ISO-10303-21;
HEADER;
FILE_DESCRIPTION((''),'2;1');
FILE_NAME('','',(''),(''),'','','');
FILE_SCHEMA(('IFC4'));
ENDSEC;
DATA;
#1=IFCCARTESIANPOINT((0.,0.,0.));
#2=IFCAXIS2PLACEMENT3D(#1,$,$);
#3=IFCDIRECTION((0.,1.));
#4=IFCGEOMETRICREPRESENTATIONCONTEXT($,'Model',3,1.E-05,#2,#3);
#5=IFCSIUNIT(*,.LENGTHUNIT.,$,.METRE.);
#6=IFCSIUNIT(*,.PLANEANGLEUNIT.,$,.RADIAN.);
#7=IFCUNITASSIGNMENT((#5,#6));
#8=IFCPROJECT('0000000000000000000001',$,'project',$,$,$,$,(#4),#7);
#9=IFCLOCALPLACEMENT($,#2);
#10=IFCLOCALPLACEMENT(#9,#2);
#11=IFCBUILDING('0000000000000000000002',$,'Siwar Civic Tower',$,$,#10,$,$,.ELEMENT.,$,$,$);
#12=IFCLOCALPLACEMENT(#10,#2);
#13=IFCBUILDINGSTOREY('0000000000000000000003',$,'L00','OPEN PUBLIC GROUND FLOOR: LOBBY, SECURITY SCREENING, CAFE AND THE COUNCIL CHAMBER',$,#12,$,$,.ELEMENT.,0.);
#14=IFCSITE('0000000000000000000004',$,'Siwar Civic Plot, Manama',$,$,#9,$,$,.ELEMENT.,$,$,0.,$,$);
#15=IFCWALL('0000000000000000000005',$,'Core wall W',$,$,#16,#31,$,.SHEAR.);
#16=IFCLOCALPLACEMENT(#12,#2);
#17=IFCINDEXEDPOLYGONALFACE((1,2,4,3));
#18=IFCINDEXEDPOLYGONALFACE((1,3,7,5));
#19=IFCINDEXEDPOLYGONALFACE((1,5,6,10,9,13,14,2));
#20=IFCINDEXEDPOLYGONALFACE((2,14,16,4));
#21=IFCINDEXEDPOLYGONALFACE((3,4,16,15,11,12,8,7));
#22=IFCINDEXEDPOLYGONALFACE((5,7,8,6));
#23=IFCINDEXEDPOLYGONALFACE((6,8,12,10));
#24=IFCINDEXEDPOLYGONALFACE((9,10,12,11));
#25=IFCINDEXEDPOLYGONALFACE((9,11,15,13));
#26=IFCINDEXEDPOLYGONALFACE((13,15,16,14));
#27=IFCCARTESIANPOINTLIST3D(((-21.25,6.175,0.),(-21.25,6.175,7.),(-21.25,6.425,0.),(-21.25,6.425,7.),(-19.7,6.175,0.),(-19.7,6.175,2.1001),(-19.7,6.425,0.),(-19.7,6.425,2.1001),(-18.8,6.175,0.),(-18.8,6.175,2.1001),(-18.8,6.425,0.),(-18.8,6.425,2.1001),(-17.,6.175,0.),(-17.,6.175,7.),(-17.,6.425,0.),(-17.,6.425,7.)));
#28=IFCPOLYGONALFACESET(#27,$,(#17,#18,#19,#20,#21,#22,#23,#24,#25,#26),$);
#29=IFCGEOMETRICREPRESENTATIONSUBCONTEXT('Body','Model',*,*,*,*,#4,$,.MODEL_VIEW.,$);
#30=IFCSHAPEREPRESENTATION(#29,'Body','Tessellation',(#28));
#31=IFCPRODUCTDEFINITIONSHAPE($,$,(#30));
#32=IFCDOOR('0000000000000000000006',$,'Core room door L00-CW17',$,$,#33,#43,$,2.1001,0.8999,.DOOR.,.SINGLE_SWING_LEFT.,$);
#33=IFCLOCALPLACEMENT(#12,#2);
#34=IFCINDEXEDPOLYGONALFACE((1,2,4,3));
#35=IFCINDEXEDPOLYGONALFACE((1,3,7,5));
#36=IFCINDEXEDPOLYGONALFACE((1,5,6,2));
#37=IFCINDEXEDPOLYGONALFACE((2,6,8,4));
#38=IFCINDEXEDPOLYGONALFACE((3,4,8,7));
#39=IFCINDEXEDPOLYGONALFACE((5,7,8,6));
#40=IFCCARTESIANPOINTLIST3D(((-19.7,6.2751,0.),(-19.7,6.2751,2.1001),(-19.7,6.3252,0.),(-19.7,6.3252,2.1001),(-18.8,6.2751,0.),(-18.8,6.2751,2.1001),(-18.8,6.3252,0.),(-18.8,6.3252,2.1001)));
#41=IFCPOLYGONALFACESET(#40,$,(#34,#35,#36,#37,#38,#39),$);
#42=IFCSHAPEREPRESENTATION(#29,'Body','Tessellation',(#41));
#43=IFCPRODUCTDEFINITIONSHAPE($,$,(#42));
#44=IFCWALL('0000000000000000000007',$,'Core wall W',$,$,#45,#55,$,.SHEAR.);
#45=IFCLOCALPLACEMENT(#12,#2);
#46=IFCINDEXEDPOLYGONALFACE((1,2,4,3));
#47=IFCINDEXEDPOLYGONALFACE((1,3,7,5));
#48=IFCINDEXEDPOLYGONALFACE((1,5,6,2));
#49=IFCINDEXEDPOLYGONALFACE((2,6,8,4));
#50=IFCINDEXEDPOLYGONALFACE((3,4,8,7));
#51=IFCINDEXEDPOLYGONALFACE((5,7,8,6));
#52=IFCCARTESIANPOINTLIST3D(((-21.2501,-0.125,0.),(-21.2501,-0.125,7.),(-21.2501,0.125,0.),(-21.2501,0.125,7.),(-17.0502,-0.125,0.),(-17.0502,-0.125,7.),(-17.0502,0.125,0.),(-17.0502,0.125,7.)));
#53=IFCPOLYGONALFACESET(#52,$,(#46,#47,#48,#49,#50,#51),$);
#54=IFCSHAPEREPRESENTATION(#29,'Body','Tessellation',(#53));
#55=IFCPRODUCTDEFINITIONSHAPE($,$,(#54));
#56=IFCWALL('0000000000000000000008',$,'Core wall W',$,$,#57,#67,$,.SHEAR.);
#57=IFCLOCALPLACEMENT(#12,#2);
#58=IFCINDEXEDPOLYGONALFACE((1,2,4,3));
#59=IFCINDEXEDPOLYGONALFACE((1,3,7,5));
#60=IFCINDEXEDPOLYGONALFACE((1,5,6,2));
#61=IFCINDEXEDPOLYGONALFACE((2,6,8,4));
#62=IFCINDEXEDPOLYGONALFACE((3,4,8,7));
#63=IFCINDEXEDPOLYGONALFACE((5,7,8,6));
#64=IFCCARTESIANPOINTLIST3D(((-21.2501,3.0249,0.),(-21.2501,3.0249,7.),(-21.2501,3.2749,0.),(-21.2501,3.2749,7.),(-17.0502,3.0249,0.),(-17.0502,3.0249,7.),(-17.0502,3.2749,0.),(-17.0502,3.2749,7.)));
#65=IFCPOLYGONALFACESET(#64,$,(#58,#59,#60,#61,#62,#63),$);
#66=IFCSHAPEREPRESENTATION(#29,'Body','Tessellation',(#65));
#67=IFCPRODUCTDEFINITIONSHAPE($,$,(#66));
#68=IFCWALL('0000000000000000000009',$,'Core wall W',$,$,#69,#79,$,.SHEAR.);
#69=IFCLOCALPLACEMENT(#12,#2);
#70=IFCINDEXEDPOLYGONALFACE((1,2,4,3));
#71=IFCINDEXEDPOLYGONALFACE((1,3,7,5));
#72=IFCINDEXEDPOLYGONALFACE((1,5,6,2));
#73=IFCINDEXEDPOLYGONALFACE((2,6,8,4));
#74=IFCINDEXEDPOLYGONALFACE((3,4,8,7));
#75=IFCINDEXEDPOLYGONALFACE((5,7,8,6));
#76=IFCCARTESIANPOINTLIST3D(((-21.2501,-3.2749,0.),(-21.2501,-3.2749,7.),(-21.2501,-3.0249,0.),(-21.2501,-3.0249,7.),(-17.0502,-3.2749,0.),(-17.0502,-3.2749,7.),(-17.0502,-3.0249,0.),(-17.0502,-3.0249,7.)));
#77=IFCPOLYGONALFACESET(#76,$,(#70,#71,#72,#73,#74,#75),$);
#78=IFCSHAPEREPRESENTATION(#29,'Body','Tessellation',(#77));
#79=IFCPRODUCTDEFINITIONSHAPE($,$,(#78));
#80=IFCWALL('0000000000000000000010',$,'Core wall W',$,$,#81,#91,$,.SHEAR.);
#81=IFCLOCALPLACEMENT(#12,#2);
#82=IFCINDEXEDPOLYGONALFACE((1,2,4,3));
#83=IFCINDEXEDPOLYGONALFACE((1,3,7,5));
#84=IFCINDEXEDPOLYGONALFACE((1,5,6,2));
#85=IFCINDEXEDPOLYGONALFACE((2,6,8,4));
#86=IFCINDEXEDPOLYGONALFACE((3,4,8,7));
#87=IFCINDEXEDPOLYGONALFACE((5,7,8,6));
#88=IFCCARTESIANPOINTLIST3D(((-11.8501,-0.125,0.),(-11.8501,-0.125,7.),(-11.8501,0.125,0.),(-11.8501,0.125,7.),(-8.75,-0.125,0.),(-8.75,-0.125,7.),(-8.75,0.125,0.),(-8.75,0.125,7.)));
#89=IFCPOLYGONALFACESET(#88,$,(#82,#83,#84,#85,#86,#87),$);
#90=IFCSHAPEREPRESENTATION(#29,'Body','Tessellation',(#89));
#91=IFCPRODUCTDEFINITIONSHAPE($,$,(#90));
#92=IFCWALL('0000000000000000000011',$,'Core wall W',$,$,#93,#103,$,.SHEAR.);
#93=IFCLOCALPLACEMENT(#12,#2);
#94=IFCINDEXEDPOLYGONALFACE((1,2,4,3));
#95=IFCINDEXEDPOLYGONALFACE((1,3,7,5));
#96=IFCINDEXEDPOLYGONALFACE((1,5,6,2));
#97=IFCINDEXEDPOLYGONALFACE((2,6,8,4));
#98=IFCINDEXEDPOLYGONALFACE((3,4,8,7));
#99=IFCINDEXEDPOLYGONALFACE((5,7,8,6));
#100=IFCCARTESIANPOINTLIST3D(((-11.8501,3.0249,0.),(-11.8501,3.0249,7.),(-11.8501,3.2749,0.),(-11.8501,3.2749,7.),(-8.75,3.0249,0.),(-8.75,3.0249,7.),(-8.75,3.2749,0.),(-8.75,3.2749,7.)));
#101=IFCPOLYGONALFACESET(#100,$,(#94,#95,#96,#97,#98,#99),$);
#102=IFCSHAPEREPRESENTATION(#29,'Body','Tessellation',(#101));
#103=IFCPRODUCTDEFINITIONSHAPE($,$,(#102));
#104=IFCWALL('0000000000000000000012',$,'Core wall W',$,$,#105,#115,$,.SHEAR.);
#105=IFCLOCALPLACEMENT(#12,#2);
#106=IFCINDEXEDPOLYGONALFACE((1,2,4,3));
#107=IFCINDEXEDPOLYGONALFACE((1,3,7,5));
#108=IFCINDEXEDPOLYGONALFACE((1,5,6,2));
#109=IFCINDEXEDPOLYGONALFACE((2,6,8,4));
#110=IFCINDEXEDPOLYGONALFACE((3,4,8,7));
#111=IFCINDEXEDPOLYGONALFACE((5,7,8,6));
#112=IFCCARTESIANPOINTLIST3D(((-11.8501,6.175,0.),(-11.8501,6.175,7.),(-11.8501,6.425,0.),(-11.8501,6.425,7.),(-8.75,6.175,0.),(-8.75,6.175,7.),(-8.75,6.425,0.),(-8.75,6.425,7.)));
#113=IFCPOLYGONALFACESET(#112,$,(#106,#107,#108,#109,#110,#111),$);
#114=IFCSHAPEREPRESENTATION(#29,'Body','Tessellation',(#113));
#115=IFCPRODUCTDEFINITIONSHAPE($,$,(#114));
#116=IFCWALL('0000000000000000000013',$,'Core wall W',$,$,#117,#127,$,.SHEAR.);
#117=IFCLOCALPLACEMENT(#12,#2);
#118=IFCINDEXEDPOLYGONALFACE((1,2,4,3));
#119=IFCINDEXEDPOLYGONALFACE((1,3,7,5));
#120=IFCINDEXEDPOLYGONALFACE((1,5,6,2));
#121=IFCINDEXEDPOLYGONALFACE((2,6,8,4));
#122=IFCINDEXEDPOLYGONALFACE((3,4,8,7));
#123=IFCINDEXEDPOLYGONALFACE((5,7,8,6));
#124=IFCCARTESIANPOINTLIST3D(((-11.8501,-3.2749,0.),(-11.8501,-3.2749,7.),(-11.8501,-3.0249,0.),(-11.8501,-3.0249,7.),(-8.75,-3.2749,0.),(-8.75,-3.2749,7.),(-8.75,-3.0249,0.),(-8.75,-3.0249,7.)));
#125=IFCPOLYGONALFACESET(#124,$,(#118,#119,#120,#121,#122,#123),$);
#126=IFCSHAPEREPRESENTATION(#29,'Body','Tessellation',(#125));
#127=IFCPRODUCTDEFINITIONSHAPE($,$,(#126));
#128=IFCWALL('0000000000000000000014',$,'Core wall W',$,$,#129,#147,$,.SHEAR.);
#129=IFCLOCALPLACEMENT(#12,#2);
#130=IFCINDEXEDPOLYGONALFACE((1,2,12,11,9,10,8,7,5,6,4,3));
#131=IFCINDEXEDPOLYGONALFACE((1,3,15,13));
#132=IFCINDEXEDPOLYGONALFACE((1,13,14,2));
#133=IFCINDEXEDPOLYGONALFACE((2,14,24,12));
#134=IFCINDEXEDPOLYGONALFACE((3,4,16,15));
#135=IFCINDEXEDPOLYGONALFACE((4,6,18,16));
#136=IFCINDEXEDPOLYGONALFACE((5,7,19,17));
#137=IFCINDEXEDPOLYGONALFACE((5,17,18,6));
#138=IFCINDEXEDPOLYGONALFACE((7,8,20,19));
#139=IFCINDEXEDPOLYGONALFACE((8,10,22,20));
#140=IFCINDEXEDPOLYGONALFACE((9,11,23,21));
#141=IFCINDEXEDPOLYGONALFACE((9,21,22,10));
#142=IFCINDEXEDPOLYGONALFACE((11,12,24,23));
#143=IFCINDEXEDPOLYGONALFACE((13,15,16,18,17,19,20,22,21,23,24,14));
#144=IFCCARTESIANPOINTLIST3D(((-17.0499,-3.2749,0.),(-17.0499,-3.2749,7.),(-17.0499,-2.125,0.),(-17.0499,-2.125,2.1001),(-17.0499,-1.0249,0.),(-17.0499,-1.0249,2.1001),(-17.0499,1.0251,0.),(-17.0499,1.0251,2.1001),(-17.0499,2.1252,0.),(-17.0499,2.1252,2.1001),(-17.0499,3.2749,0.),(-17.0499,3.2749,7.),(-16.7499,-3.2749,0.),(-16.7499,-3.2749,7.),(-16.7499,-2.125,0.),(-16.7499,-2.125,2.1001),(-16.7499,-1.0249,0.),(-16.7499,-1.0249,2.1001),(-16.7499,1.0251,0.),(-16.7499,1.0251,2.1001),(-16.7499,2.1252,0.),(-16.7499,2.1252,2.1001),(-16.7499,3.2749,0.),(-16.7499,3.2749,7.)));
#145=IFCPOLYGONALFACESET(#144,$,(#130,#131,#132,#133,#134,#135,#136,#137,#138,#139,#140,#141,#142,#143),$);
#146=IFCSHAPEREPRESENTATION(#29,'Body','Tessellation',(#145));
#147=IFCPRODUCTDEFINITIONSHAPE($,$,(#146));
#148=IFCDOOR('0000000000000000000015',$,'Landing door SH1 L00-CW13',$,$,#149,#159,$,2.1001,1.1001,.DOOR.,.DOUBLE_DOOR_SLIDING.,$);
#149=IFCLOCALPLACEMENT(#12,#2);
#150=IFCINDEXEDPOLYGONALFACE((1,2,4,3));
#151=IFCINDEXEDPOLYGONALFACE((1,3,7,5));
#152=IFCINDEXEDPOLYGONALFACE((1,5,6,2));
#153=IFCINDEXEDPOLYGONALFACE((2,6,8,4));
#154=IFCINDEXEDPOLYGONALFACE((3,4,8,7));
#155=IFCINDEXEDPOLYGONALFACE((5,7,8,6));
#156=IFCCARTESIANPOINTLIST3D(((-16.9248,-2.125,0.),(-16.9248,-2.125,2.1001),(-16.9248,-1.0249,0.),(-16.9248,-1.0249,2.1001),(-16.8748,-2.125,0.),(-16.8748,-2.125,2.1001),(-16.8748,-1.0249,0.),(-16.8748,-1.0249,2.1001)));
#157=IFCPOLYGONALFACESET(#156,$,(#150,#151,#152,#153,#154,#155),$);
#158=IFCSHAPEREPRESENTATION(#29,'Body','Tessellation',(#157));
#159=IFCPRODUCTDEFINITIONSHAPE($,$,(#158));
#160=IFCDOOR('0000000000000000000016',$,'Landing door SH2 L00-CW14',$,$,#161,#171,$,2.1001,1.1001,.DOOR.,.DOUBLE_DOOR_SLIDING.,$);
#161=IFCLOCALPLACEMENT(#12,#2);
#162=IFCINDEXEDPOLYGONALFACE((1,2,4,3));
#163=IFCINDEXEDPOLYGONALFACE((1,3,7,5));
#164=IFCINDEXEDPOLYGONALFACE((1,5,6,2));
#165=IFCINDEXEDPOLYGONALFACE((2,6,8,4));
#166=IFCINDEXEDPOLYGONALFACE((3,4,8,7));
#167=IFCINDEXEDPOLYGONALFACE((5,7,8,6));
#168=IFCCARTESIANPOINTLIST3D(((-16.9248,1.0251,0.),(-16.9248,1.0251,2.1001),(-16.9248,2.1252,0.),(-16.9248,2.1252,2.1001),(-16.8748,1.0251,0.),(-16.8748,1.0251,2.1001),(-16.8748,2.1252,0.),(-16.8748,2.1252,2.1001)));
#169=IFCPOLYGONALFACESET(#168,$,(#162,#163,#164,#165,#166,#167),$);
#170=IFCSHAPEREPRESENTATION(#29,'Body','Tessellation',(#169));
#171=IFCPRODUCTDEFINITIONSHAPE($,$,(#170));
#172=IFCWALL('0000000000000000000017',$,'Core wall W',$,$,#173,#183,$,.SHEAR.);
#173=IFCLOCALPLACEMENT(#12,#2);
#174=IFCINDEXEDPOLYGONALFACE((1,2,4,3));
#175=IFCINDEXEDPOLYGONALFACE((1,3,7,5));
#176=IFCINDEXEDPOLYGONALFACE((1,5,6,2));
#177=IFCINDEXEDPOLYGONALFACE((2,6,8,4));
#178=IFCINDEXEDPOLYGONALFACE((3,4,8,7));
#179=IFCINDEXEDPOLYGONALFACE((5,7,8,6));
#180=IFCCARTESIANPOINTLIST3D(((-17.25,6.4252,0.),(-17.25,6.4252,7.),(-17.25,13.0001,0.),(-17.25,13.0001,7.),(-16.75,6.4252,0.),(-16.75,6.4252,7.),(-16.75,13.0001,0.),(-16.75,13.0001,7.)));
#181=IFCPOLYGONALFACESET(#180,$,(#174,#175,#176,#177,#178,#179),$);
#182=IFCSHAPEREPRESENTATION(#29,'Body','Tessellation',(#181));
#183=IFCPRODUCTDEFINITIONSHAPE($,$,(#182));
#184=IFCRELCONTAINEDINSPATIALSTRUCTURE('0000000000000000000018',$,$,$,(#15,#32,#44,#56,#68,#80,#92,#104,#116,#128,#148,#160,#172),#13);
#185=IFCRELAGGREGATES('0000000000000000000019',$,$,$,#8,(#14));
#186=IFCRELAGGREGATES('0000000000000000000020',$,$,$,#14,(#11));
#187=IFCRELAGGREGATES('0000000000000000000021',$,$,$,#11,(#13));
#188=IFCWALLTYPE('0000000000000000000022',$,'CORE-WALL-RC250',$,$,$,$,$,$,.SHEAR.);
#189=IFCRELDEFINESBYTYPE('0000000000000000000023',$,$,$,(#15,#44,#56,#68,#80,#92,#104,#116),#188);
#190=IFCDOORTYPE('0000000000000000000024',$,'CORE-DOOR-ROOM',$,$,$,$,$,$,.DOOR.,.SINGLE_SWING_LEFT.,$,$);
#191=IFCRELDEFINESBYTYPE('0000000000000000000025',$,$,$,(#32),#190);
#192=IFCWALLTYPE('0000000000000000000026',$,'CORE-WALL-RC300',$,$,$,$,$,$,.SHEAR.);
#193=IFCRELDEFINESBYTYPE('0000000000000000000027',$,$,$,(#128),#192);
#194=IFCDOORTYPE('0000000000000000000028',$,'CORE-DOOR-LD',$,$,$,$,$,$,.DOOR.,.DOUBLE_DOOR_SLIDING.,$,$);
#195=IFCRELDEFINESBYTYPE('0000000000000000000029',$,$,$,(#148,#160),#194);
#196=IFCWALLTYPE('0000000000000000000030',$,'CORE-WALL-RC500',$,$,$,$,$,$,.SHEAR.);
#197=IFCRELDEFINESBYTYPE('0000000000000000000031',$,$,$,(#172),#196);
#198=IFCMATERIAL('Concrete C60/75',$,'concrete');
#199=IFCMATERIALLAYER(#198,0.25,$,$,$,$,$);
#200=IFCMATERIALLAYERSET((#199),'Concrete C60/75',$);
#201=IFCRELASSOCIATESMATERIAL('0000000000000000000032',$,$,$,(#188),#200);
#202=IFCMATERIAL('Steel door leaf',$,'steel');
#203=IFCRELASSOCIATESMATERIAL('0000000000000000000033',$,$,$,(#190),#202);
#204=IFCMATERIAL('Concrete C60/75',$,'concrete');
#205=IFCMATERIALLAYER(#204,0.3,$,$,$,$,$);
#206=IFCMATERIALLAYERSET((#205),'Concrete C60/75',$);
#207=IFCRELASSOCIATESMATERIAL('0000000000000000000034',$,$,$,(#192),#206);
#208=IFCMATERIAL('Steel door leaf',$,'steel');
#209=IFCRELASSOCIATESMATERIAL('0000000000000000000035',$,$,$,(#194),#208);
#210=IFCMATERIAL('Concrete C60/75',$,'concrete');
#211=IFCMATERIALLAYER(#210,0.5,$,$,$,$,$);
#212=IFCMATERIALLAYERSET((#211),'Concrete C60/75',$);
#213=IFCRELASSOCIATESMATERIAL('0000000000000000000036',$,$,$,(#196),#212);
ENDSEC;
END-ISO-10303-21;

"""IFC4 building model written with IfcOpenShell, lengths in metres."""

from ifc_helpers import new_model, si_unit, direction, frame, frame_2d, origin, place, context, subcontext, project, spatial, rectangle, extrude, material, layer, layer_set, type_object, element, fill, save


model = new_model("IFC4")

# Units and contexts
model_context = context("Model", 3, precision=1e-05, world=origin(), true_north=direction((0.0, 1.0)))
body_context = subcontext(model_context, "Body", "Model", "MODEL_VIEW")
ifc_project = project(units=[si_unit("LENGTHUNIT", "METRE"), si_unit("PLANEANGLEUNIT", "RADIAN")], contexts=[model_context])

# Site, building, storey
site_placement = place(None, origin())
site = spatial("IfcSite", under=ifc_project, at=site_placement, Name="Siwar Civic Plot, Manama", CompositionType="ELEMENT", RefElevation=0.0)
building_placement = place(site_placement, origin())
building = spatial("IfcBuilding", under=site, at=building_placement, Name="Siwar Civic Tower", CompositionType="ELEMENT")
storey_placement = place(building_placement, origin())
storey = spatial("IfcBuildingStorey", under=building, at=storey_placement, Name="L00", Description="OPEN PUBLIC GROUND FLOOR: LOBBY, SECURITY SCREENING, CAFE AND THE COUNCIL CHAMBER", CompositionType="ELEMENT", Elevation=0.0)

# Shared definitions
ifc_material_1 = material(Name="Concrete C60/75", Category="concrete")
ifc_layer_1 = layer(ifc_material_1, 0.25)
ifc_layer_set_1 = layer_set([ifc_layer_1], Name="Concrete C60/75")
wall_type_1 = type_object("IfcWallType", Name="CORE-WALL-RC250", PredefinedType="SHEAR", material=ifc_layer_set_1)

# Wall, opening, door
wall_1_placement = place(storey_placement, frame((-17.0, 6.3, 0.0), z_axis=(0.0, 0.0, 1.0), x_axis=(-1.0, 0.0, 0.0)))
wall_1 = element("IfcWall", 1, at=wall_1_placement, inside=storey, type_object=wall_type_1, Name="Core wall W", PredefinedType="SHEAR", context=body_context, shape_type="SweptSolid", body=[
    extrude(rectangle(XDim=4.25, YDim=0.25, at=frame_2d((2.125, 0.0))), origin(), (0.0, 0.0, 1.0), 7.0),
])
opening_1_placement = place(wall_1_placement, frame((1.8, 0.0, 0.0)))
opening_1 = element("IfcOpeningElement", 2, at=opening_1_placement, cuts=wall_1, PredefinedType="OPENING", context=body_context, shape_type="SweptSolid", body=[
    extrude(rectangle(XDim=0.8999, YDim=2.1001, at=frame_2d((0.45, 1.05))), frame((0.0, 0.135, 0.0), z_axis=(0.0, -1.0, 0.0), x_axis=(1.0, 0.0, 0.0)), (0.0, 0.0, 1.0), 0.27),
])
ifc_material_2 = material(Name="Steel door leaf", Category="steel")
door_type_1 = type_object("IfcDoorType", Name="CORE-DOOR-ROOM", OperationType="SINGLE_SWING_LEFT", PredefinedType="DOOR", material=ifc_material_2)
door_1_placement = place(opening_1_placement, origin())
door_1 = element("IfcDoor", 3, at=door_1_placement, inside=storey, type_object=door_type_1, Name="Core room door L00-CW17", OperationType="SINGLE_SWING_LEFT", OverallHeight=2.1001, OverallWidth=0.8999, PredefinedType="DOOR", context=body_context, shape_type="SweptSolid", body=[
    extrude(rectangle(XDim=0.8999, YDim=2.1001, at=frame_2d((0.45, 1.05))), frame((0.0, 0.0249, 0.0), z_axis=(0.0, -1.0, 0.0), x_axis=(1.0, 0.0, 0.0)), (0.0, 0.0, 1.0), 0.05),
])
fill(opening_1, door_1)

# Walls
for number, where, z_axis, x_axis, name in (
    (4, (-17.05, 0.0, 0.0), (0.0, 0.0, 1.0), (-1.0, 0.0, 0.0), "Core wall W"),
    (5, (-17.05, 3.1499, 0.0), (0.0, 0.0, 1.0), (-1.0, 0.0, 0.0), "Core wall W"),
    (6, (-17.05, -3.1499, 0.0), (0.0, 0.0, 1.0), (-1.0, 0.0, 0.0), "Core wall W"),
):
    element("IfcWall", number, at=place(storey_placement, frame(where, z_axis=z_axis, x_axis=x_axis)), inside=storey, type_object=wall_type_1, Name=name, PredefinedType="SHEAR", context=body_context, shape_type="SweptSolid", body=[
        extrude(rectangle(XDim=4.2, YDim=0.25, at=frame_2d((2.1001, 0.0))), origin(), (0.0, 0.0, 1.0), 7.0),
    ])
for number, where, z_axis, x_axis, name in (
    (7, (-8.75, 0.0, 0.0), (0.0, 0.0, 1.0), (-1.0, 0.0, 0.0), "Core wall W"),
    (8, (-8.75, 3.1499, 0.0), (0.0, 0.0, 1.0), (-1.0, 0.0, 0.0), "Core wall W"),
    (9, (-8.75, 6.3, 0.0), (0.0, 0.0, 1.0), (-1.0, 0.0, 0.0), "Core wall W"),
    (10, (-8.75, -3.1499, 0.0), (0.0, 0.0, 1.0), (-1.0, 0.0, 0.0), "Core wall W"),
):
    element("IfcWall", number, at=place(storey_placement, frame(where, z_axis=z_axis, x_axis=x_axis)), inside=storey, type_object=wall_type_1, Name=name, PredefinedType="SHEAR", context=body_context, shape_type="SweptSolid", body=[
        extrude(rectangle(XDim=3.1001, YDim=0.25, at=frame_2d((1.55, 0.0))), origin(), (0.0, 0.0, 1.0), 7.0),
    ])

# Wall, openings, doors
ifc_material_3 = material(Name="Concrete C60/75", Category="concrete")
ifc_layer_2 = layer(ifc_material_3, 0.3)
ifc_layer_set_2 = layer_set([ifc_layer_2], Name="Concrete C60/75")
wall_type_2 = type_object("IfcWallType", Name="CORE-WALL-RC300", PredefinedType="SHEAR", material=ifc_layer_set_2)
wall_2_placement = place(storey_placement, frame((-16.8999, -3.2749, 0.0), z_axis=(0.0, 0.0, 1.0), x_axis=(0.0, 1.0, 0.0)))
wall_2 = element("IfcWall", 11, at=wall_2_placement, inside=storey, type_object=wall_type_2, Name="Core wall W", PredefinedType="SHEAR", context=body_context, shape_type="SweptSolid", body=[
    extrude(rectangle(XDim=6.5498, YDim=0.3, at=frame_2d((3.2749, 0.0))), origin(), (0.0, 0.0, 1.0), 7.0),
])
opening_2_placement = place(wall_2_placement, frame((1.1499, 0.0, 0.0)))
opening_2 = element("IfcOpeningElement", 12, at=opening_2_placement, cuts=wall_2, PredefinedType="OPENING", context=body_context, shape_type="SweptSolid", body=[
    extrude(rectangle(XDim=1.1001, YDim=2.1001, at=frame_2d((0.55, 1.05))), frame((0.0, 0.1602, 0.0), z_axis=(0.0, -1.0, 0.0), x_axis=(1.0, 0.0, 0.0)), (0.0, 0.0, 1.0), 0.3201),
])
opening_3_placement = place(wall_2_placement, frame((4.3, 0.0, 0.0)))
opening_3 = element("IfcOpeningElement", 13, at=opening_3_placement, cuts=wall_2, PredefinedType="OPENING", context=body_context, shape_type="SweptSolid", body=[
    extrude(rectangle(XDim=1.1001, YDim=2.1001, at=frame_2d((0.55, 1.05))), frame((0.0, 0.1602, 0.0), z_axis=(0.0, -1.0, 0.0), x_axis=(1.0, 0.0, 0.0)), (0.0, 0.0, 1.0), 0.3201),
])
ifc_material_4 = material(Name="Steel door leaf", Category="steel")
door_type_2 = type_object("IfcDoorType", Name="CORE-DOOR-LD", OperationType="DOUBLE_DOOR_SLIDING", PredefinedType="DOOR", material=ifc_material_4)
door_2_placement = place(opening_2_placement, origin())
door_2 = element("IfcDoor", 14, at=door_2_placement, inside=storey, type_object=door_type_2, Name="Landing door SH1 L00-CW13", OperationType="DOUBLE_DOOR_SLIDING", OverallHeight=2.1001, OverallWidth=1.1001, PredefinedType="DOOR", context=body_context, shape_type="SweptSolid", body=[
    extrude(rectangle(XDim=1.1001, YDim=2.1001, at=frame_2d((0.55, 1.05))), frame((0.0, 0.0249, 0.0), z_axis=(0.0, -1.0, 0.0), x_axis=(1.0, 0.0, 0.0)), (0.0, 0.0, 1.0), 0.05),
])
fill(opening_2, door_2)
door_3_placement = place(opening_3_placement, origin())
door_3 = element("IfcDoor", 15, at=door_3_placement, inside=storey, type_object=door_type_2, Name="Landing door SH2 L00-CW14", OperationType="DOUBLE_DOOR_SLIDING", OverallHeight=2.1001, OverallWidth=1.1001, PredefinedType="DOOR", context=body_context, shape_type="SweptSolid", body=[
    extrude(rectangle(XDim=1.1001, YDim=2.1001, at=frame_2d((0.55, 1.05))), frame((0.0, 0.0249, 0.0), z_axis=(0.0, -1.0, 0.0), x_axis=(1.0, 0.0, 0.0)), (0.0, 0.0, 1.0), 0.05),
])
fill(opening_3, door_3)

# Wall
ifc_material_5 = material(Name="Concrete C60/75", Category="concrete")
ifc_layer_3 = layer(ifc_material_5, 0.5)
ifc_layer_set_3 = layer_set([ifc_layer_3], Name="Concrete C60/75")
wall_type_3 = type_object("IfcWallType", Name="CORE-WALL-RC500", PredefinedType="SHEAR", material=ifc_layer_set_3)
wall_3_placement = place(storey_placement, frame((-17.0, 6.425, 0.0), z_axis=(0.0, 0.0, 1.0), x_axis=(0.0, 1.0, 0.0)))
element("IfcWall", 16, at=wall_3_placement, inside=storey, type_object=wall_type_3, Name="Core wall W", PredefinedType="SHEAR", context=body_context, shape_type="SweptSolid", body=[
    extrude(rectangle(XDim=6.575, YDim=0.5, at=frame_2d((3.2876, 0.0))), origin(), (0.0, 0.0, 1.0), 7.0),
])

save(model, "model.ifc")
